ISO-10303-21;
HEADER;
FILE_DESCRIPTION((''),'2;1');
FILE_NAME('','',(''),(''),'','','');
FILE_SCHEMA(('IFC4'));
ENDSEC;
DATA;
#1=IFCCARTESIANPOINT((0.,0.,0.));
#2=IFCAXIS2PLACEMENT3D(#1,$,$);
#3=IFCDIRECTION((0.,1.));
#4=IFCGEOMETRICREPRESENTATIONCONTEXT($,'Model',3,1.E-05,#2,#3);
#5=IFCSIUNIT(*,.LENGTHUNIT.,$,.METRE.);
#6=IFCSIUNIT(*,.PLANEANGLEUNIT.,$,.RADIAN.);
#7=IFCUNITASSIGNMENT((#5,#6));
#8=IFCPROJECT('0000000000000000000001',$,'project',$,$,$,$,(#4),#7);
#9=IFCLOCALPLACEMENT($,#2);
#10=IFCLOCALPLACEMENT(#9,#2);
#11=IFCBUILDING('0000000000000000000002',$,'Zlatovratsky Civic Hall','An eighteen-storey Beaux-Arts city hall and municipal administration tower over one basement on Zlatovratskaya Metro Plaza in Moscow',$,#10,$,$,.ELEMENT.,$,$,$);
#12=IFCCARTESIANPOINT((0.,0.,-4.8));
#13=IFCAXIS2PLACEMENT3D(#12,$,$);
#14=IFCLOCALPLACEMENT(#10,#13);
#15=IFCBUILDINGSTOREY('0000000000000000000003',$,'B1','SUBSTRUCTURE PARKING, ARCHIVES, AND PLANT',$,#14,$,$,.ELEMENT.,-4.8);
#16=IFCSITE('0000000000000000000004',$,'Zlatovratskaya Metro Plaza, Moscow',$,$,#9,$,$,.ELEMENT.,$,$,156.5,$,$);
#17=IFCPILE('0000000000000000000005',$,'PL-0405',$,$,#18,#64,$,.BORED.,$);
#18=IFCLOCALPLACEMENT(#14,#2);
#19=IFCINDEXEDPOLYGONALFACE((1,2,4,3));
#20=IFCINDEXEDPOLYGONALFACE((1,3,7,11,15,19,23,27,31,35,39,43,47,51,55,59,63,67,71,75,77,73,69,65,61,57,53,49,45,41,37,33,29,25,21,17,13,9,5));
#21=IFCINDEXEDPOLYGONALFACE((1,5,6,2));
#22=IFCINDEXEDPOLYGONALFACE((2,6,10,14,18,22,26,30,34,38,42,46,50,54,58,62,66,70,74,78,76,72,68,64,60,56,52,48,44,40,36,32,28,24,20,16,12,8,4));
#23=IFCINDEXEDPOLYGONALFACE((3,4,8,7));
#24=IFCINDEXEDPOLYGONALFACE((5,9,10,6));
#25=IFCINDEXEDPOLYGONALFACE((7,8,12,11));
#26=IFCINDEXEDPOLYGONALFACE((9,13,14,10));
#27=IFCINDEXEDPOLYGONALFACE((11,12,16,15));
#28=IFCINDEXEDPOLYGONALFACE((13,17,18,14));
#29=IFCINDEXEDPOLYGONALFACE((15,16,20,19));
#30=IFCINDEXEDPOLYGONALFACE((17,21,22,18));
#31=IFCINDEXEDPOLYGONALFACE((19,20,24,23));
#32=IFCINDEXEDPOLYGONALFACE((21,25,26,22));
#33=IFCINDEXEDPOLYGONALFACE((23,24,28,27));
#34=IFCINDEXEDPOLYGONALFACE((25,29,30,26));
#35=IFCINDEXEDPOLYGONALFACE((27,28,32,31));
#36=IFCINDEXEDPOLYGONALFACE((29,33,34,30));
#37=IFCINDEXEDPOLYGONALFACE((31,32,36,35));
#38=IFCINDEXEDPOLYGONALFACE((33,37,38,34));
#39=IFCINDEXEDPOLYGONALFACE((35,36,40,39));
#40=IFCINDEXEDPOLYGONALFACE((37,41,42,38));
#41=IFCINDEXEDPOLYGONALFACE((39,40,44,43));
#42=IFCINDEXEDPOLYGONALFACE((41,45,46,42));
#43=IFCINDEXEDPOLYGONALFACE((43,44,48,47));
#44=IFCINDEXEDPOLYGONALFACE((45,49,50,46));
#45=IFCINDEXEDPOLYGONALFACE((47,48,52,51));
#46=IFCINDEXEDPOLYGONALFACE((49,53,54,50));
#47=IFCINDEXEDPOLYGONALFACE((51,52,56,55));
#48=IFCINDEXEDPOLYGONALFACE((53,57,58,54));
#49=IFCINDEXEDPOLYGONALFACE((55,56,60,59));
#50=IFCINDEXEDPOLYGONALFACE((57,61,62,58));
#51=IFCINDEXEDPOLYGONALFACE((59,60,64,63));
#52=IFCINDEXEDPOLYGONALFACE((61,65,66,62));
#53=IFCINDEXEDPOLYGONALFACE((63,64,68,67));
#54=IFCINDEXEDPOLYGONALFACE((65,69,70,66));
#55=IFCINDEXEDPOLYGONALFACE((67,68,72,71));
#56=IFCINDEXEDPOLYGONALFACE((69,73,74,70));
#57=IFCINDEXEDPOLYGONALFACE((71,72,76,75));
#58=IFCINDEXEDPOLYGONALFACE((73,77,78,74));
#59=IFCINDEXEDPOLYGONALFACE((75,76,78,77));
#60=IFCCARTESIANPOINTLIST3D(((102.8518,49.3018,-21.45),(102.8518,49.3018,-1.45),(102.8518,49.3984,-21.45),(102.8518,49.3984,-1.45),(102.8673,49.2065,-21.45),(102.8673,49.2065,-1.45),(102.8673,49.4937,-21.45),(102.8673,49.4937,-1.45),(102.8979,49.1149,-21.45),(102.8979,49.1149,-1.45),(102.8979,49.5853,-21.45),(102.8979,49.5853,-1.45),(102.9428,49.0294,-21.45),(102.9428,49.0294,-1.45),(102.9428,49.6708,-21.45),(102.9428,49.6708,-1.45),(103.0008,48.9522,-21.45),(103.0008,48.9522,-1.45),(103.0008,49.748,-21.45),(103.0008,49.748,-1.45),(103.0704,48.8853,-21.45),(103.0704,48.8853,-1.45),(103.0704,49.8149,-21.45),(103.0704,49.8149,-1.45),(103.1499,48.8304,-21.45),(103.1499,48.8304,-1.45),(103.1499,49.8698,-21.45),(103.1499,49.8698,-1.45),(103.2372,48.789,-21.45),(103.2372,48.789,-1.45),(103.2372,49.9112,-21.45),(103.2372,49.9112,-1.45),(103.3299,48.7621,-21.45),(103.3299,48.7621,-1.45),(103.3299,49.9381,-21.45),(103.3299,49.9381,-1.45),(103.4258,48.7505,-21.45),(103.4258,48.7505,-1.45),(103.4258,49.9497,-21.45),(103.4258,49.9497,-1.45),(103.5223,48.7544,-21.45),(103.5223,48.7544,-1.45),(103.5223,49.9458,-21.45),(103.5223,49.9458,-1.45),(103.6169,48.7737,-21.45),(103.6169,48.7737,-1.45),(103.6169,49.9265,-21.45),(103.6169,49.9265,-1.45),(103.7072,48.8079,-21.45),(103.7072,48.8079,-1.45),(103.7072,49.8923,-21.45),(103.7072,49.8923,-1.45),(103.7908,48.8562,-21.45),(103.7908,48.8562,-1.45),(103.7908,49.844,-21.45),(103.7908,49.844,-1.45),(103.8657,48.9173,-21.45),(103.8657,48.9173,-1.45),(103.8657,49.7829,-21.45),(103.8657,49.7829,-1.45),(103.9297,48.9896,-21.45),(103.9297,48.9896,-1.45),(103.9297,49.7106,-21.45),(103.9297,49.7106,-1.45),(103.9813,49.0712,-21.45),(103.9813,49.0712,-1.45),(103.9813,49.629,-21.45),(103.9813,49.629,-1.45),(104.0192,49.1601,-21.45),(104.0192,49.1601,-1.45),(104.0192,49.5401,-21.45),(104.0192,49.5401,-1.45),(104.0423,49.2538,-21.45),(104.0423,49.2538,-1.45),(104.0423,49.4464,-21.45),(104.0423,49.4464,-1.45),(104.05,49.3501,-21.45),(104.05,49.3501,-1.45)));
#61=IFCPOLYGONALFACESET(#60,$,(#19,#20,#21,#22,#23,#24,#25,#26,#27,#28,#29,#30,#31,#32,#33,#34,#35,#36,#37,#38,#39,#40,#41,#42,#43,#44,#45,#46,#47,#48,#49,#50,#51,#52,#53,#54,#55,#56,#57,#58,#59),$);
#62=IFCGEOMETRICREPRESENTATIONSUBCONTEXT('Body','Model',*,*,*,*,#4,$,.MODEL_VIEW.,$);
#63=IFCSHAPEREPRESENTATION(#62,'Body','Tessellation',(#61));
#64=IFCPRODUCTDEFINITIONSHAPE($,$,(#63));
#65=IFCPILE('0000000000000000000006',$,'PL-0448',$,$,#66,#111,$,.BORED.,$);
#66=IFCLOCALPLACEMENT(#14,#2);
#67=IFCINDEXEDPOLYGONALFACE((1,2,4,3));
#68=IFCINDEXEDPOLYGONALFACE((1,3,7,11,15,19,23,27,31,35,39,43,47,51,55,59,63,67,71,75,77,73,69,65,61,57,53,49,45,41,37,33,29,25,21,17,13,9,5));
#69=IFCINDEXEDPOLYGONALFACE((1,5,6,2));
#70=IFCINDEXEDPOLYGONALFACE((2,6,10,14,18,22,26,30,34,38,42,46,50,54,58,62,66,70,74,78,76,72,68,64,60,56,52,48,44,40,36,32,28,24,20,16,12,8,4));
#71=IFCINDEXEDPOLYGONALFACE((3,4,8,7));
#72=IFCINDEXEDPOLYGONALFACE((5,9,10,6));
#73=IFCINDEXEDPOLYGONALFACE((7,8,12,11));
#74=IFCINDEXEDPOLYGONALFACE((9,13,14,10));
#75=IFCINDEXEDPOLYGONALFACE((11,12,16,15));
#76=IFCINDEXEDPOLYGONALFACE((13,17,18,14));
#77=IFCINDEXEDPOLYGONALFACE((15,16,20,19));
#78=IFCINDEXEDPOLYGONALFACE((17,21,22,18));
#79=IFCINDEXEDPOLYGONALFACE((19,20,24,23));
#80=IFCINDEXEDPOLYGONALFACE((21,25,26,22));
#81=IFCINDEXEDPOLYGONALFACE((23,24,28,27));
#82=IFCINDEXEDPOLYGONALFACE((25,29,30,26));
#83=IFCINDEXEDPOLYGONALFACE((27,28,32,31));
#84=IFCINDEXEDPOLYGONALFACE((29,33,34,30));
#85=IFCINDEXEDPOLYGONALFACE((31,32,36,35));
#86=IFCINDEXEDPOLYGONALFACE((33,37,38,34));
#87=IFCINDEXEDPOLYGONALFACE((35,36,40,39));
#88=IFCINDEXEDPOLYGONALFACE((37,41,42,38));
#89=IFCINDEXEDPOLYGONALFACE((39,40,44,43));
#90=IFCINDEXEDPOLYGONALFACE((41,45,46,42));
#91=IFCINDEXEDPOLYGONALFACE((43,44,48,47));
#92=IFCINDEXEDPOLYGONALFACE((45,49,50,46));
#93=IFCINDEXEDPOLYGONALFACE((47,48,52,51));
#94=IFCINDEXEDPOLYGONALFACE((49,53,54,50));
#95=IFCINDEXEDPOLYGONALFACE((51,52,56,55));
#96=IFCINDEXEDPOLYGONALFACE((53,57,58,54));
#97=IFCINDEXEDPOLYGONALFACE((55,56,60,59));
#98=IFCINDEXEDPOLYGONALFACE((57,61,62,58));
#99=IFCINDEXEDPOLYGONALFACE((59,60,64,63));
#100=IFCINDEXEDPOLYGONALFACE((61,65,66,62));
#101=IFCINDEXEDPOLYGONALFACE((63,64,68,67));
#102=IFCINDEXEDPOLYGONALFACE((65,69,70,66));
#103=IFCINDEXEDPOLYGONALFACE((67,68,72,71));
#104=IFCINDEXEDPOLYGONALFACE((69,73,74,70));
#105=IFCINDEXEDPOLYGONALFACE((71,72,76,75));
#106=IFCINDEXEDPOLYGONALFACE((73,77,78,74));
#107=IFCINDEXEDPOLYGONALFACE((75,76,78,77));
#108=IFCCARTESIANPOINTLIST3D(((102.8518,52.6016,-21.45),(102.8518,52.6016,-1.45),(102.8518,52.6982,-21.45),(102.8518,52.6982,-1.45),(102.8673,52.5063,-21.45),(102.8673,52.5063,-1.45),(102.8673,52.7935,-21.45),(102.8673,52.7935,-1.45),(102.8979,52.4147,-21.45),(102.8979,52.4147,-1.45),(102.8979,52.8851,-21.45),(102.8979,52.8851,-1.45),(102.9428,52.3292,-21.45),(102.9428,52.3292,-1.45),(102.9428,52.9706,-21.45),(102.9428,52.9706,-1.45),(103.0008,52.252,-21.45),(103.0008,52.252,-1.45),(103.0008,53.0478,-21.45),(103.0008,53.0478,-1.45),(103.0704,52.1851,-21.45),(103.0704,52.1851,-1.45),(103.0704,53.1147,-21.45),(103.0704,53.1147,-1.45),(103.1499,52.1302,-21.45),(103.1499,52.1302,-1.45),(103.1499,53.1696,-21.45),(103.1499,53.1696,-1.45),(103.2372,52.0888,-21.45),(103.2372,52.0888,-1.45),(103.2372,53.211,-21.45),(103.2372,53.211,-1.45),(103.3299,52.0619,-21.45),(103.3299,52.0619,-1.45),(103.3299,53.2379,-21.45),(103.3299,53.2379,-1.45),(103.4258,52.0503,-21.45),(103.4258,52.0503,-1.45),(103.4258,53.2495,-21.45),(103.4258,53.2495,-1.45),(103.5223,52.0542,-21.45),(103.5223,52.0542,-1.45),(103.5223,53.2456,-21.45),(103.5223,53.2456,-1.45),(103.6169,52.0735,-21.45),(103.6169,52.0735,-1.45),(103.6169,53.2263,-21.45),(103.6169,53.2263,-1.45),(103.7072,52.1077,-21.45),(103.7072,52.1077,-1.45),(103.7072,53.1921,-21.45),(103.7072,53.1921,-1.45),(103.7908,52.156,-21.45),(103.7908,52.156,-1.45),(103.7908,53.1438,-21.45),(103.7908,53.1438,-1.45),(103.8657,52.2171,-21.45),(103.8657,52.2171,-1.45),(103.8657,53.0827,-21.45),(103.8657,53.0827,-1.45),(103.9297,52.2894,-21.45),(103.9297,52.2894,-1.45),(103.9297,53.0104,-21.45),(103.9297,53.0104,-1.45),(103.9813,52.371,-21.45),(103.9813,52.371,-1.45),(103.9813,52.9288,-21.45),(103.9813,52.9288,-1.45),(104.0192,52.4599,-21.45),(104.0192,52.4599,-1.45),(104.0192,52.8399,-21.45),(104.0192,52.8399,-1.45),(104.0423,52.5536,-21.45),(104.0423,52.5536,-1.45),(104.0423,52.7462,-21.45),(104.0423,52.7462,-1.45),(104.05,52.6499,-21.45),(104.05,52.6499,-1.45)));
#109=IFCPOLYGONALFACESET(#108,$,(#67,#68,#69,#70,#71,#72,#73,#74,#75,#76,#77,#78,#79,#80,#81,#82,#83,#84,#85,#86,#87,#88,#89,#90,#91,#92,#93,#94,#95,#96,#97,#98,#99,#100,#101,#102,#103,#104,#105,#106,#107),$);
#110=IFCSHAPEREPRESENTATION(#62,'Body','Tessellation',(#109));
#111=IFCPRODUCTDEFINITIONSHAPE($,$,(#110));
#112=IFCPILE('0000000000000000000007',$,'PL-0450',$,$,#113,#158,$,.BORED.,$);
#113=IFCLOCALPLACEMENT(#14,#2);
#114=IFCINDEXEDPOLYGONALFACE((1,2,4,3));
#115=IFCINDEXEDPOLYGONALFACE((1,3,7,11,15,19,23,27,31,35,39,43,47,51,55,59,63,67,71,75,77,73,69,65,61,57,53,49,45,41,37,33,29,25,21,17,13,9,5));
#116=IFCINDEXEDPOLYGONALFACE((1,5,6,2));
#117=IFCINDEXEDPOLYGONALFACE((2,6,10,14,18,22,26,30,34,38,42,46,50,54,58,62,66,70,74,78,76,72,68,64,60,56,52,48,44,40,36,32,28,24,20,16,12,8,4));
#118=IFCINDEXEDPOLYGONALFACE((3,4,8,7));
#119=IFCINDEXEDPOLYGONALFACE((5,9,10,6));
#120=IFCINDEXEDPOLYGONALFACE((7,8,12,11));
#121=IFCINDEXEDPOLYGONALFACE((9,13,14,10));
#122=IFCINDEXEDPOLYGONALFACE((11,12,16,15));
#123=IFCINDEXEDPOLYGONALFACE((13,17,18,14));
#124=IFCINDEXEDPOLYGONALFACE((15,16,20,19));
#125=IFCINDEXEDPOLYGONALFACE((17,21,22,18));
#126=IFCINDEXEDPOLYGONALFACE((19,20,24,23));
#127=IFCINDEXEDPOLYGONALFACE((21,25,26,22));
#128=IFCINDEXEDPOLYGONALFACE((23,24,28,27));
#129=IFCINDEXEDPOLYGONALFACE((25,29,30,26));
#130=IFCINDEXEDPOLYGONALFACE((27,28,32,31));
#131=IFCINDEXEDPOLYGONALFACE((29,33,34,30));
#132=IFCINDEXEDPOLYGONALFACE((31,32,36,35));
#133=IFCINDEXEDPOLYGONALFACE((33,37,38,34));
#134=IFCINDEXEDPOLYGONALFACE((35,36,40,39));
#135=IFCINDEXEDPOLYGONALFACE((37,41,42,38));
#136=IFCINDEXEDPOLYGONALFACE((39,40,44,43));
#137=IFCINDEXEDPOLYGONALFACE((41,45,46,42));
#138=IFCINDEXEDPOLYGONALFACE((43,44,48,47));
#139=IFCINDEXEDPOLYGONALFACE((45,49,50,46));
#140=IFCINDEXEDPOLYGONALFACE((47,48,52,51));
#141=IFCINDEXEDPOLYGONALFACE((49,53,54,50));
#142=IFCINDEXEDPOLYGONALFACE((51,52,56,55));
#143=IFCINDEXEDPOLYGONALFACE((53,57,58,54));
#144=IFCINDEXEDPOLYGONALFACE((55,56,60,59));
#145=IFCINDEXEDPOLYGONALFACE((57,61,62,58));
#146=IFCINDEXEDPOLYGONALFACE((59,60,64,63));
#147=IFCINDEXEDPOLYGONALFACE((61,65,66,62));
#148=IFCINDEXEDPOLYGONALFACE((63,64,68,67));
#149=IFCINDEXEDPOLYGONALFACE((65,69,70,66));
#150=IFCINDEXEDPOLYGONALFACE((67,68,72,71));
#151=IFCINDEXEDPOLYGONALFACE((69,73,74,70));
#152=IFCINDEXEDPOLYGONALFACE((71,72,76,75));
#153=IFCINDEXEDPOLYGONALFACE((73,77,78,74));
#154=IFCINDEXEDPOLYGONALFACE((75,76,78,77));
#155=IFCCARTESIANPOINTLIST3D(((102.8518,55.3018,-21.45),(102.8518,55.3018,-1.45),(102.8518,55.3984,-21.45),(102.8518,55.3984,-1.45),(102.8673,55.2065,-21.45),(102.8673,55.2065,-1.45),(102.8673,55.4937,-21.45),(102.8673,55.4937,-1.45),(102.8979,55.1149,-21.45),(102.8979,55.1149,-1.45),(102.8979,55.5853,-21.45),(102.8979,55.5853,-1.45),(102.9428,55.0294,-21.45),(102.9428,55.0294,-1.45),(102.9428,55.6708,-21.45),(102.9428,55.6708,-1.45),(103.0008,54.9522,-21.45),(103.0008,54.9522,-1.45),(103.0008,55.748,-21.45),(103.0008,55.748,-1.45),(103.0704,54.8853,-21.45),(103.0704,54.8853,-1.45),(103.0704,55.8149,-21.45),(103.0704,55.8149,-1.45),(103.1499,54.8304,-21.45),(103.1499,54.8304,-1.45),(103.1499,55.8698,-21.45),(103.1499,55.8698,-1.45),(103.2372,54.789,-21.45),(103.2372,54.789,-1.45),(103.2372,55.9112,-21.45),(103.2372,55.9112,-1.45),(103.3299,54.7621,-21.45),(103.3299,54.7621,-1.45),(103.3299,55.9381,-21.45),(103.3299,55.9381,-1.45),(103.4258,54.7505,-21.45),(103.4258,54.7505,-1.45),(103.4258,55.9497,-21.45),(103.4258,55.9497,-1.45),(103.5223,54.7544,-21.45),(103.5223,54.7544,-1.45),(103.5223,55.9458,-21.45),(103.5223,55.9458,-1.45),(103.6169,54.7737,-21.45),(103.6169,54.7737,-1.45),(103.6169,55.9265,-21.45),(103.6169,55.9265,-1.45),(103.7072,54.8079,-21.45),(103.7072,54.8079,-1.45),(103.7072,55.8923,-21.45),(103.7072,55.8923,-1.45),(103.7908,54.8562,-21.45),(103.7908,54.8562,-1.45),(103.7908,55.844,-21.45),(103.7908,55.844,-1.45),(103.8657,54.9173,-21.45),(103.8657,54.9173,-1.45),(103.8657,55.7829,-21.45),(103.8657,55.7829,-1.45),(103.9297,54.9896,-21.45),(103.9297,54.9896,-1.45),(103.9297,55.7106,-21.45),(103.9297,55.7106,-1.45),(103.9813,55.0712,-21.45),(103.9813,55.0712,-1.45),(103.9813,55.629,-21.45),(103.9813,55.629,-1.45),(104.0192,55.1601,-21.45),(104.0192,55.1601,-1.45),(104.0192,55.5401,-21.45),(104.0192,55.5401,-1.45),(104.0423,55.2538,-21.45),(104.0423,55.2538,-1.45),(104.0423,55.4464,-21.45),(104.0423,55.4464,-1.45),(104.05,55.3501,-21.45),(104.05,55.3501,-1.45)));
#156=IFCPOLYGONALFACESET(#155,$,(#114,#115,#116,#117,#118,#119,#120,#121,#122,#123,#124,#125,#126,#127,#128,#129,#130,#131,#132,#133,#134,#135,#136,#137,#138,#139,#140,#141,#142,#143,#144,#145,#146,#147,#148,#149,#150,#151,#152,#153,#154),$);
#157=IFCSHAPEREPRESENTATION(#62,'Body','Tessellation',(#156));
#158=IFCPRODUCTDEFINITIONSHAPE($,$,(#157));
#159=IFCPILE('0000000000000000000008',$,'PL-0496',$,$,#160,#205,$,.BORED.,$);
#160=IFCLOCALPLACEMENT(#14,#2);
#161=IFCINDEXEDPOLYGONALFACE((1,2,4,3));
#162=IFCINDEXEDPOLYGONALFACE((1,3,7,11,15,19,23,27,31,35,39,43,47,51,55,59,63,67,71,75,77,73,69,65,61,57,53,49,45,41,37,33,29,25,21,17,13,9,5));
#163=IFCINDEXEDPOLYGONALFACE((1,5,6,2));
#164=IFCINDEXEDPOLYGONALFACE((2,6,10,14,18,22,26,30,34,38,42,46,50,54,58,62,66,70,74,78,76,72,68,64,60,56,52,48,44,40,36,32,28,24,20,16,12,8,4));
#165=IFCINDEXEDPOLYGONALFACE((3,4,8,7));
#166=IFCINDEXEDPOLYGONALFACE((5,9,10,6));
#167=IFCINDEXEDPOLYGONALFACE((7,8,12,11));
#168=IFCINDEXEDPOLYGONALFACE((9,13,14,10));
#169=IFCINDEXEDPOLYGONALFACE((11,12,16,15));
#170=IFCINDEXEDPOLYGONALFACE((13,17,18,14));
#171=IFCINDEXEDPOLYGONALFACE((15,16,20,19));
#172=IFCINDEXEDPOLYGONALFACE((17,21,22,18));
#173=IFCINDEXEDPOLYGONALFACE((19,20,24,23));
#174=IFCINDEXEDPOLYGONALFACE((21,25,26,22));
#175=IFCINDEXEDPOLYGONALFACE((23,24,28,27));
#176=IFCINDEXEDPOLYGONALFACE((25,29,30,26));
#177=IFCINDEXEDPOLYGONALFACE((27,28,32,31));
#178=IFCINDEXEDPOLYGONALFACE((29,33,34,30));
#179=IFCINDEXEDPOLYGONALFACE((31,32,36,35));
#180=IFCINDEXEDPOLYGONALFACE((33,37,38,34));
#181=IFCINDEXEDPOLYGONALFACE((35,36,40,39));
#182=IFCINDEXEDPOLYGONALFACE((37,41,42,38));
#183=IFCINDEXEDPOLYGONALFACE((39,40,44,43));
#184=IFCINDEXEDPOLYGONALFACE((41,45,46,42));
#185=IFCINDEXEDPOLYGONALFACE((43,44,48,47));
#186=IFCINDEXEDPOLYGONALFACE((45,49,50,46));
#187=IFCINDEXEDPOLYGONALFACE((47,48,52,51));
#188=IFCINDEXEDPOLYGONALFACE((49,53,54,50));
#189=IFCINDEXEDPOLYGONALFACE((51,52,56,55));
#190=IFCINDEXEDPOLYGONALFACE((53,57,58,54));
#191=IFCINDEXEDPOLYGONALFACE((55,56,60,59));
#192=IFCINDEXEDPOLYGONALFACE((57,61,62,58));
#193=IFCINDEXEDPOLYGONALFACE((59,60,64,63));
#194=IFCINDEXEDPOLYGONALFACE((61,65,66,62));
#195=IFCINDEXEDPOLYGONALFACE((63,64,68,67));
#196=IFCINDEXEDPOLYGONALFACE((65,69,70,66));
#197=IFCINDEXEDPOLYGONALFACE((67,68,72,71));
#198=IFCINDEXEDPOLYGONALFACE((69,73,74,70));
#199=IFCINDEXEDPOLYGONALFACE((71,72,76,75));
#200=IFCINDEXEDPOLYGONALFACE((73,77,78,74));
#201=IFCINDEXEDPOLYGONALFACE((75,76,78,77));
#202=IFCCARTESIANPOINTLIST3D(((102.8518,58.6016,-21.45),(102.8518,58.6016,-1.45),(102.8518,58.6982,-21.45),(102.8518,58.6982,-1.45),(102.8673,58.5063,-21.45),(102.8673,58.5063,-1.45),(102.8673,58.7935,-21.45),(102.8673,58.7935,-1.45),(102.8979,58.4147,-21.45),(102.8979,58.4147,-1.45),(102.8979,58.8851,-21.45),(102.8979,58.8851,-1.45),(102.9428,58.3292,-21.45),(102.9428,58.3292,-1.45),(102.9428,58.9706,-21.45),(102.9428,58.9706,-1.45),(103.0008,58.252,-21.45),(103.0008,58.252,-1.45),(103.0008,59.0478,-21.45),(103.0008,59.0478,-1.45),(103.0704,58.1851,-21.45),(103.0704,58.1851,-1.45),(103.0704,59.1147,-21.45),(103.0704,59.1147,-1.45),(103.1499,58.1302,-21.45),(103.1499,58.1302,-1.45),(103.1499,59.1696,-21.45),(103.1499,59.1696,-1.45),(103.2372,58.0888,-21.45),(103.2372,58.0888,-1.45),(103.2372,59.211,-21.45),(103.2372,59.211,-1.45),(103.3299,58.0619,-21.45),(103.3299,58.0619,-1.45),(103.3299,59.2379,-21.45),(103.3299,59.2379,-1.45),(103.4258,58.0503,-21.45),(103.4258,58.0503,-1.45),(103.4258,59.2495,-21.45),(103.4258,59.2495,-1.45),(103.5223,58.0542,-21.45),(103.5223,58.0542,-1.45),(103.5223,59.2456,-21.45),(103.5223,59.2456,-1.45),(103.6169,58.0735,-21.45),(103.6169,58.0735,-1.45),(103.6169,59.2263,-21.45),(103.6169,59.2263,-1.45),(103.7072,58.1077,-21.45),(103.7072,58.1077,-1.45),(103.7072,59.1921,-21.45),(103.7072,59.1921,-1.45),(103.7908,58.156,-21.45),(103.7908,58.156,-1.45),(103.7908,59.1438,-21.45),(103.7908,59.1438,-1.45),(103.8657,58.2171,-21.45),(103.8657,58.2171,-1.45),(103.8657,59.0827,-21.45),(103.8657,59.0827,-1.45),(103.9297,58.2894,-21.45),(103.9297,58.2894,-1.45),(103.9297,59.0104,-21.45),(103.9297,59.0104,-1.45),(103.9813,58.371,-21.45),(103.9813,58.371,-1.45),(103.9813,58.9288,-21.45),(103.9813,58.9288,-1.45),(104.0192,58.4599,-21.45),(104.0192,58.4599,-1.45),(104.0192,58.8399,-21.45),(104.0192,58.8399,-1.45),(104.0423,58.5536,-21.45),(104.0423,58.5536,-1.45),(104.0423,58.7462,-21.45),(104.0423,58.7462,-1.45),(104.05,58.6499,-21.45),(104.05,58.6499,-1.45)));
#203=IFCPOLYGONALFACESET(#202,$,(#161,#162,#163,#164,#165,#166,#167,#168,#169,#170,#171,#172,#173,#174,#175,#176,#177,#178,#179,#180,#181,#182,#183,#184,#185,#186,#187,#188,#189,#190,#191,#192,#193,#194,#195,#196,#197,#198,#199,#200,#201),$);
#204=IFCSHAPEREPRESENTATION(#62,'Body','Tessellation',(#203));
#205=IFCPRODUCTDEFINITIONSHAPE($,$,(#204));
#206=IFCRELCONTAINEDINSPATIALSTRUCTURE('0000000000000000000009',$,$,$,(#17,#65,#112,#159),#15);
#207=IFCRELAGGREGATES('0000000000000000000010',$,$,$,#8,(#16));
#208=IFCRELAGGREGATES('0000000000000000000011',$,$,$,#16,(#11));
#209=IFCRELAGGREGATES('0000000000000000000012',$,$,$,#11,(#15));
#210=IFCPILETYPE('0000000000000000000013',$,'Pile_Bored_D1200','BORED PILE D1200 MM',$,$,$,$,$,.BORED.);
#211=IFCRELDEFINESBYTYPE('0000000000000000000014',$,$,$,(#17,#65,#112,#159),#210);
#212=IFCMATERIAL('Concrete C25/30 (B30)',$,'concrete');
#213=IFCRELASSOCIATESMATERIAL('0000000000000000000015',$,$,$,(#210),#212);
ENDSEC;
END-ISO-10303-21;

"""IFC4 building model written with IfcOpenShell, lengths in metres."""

from ifc_helpers import new_model, si_unit, direction, frame, origin, origin_2d, place, context, subcontext, project, spatial, circle, extrude, material, material_profile, profile_set, type_object, element, save


model = new_model("IFC4")

# Units and contexts
model_context = context("Model", 3, precision=1e-05, world=origin(), true_north=direction((0.0, 1.0)))
body_context = subcontext(model_context, "Body", "Model", "MODEL_VIEW")
ifc_project = project(units=[si_unit("LENGTHUNIT", "METRE"), si_unit("PLANEANGLEUNIT", "RADIAN")], contexts=[model_context])

# Site, building, storey
site_placement = place(None, origin())
site = spatial("IfcSite", under=ifc_project, at=site_placement, Name="Zlatovratskaya Metro Plaza, Moscow", CompositionType="ELEMENT", RefElevation=156.5)
building_placement = place(site_placement, origin())
building = spatial("IfcBuilding", under=site, at=building_placement, Name="Zlatovratsky Civic Hall", Description="An eighteen-storey Beaux-Arts city hall and municipal administration tower over one basement on Zlatovratskaya Metro Plaza in Moscow", CompositionType="ELEMENT")
storey_placement = place(building_placement, frame((0.0, 0.0, -4.8)))
storey = spatial("IfcBuildingStorey", under=building, at=storey_placement, Name="B1", Description="SUBSTRUCTURE PARKING, ARCHIVES, AND PLANT", CompositionType="ELEMENT", Elevation=-4.8)

# Shared definitions
ifc_material_1 = material(Name="Concrete C25/30 (B30)", Category="concrete")

# Piles
ifc_material_profile_1 = material_profile(ifc_material_1, circle(Radius=0.6001, at=origin_2d()), Name="PILE D1200")
ifc_profile_set_1 = profile_set([ifc_material_profile_1], Name="Concrete C25/30 (B30)")
pile_type_1 = type_object("IfcPileType", Name="Pile_Bored_D1200", Description="BORED PILE D1200 MM", PredefinedType="BORED", material=ifc_profile_set_1)
for number, where, z_axis, x_axis, name in (
    (1, (103.45, 49.3501, -1.45), (0.0, 0.0, -1.0), (1.0, 0.0, 0.0), "PL-0405"),
    (2, (103.45, 52.6499, -1.45), (0.0, 0.0, -1.0), (1.0, 0.0, 0.0), "PL-0448"),
    (3, (103.45, 55.3501, -1.45), (0.0, 0.0, -1.0), (1.0, 0.0, 0.0), "PL-0450"),
    (4, (103.45, 58.6499, -1.45), (0.0, 0.0, -1.0), (1.0, 0.0, 0.0), "PL-0496"),
):
    element("IfcPile", number, at=place(storey_placement, frame(where, z_axis=z_axis, x_axis=x_axis)), inside=storey, type_object=pile_type_1, Name=name, PredefinedType="BORED", context=body_context, shape_type="SweptSolid", body=[
        extrude(circle(Radius=0.6001, at=origin_2d()), origin(), (0.0, 0.0, 1.0), 20.0),
    ])

save(model, "model.ifc")
